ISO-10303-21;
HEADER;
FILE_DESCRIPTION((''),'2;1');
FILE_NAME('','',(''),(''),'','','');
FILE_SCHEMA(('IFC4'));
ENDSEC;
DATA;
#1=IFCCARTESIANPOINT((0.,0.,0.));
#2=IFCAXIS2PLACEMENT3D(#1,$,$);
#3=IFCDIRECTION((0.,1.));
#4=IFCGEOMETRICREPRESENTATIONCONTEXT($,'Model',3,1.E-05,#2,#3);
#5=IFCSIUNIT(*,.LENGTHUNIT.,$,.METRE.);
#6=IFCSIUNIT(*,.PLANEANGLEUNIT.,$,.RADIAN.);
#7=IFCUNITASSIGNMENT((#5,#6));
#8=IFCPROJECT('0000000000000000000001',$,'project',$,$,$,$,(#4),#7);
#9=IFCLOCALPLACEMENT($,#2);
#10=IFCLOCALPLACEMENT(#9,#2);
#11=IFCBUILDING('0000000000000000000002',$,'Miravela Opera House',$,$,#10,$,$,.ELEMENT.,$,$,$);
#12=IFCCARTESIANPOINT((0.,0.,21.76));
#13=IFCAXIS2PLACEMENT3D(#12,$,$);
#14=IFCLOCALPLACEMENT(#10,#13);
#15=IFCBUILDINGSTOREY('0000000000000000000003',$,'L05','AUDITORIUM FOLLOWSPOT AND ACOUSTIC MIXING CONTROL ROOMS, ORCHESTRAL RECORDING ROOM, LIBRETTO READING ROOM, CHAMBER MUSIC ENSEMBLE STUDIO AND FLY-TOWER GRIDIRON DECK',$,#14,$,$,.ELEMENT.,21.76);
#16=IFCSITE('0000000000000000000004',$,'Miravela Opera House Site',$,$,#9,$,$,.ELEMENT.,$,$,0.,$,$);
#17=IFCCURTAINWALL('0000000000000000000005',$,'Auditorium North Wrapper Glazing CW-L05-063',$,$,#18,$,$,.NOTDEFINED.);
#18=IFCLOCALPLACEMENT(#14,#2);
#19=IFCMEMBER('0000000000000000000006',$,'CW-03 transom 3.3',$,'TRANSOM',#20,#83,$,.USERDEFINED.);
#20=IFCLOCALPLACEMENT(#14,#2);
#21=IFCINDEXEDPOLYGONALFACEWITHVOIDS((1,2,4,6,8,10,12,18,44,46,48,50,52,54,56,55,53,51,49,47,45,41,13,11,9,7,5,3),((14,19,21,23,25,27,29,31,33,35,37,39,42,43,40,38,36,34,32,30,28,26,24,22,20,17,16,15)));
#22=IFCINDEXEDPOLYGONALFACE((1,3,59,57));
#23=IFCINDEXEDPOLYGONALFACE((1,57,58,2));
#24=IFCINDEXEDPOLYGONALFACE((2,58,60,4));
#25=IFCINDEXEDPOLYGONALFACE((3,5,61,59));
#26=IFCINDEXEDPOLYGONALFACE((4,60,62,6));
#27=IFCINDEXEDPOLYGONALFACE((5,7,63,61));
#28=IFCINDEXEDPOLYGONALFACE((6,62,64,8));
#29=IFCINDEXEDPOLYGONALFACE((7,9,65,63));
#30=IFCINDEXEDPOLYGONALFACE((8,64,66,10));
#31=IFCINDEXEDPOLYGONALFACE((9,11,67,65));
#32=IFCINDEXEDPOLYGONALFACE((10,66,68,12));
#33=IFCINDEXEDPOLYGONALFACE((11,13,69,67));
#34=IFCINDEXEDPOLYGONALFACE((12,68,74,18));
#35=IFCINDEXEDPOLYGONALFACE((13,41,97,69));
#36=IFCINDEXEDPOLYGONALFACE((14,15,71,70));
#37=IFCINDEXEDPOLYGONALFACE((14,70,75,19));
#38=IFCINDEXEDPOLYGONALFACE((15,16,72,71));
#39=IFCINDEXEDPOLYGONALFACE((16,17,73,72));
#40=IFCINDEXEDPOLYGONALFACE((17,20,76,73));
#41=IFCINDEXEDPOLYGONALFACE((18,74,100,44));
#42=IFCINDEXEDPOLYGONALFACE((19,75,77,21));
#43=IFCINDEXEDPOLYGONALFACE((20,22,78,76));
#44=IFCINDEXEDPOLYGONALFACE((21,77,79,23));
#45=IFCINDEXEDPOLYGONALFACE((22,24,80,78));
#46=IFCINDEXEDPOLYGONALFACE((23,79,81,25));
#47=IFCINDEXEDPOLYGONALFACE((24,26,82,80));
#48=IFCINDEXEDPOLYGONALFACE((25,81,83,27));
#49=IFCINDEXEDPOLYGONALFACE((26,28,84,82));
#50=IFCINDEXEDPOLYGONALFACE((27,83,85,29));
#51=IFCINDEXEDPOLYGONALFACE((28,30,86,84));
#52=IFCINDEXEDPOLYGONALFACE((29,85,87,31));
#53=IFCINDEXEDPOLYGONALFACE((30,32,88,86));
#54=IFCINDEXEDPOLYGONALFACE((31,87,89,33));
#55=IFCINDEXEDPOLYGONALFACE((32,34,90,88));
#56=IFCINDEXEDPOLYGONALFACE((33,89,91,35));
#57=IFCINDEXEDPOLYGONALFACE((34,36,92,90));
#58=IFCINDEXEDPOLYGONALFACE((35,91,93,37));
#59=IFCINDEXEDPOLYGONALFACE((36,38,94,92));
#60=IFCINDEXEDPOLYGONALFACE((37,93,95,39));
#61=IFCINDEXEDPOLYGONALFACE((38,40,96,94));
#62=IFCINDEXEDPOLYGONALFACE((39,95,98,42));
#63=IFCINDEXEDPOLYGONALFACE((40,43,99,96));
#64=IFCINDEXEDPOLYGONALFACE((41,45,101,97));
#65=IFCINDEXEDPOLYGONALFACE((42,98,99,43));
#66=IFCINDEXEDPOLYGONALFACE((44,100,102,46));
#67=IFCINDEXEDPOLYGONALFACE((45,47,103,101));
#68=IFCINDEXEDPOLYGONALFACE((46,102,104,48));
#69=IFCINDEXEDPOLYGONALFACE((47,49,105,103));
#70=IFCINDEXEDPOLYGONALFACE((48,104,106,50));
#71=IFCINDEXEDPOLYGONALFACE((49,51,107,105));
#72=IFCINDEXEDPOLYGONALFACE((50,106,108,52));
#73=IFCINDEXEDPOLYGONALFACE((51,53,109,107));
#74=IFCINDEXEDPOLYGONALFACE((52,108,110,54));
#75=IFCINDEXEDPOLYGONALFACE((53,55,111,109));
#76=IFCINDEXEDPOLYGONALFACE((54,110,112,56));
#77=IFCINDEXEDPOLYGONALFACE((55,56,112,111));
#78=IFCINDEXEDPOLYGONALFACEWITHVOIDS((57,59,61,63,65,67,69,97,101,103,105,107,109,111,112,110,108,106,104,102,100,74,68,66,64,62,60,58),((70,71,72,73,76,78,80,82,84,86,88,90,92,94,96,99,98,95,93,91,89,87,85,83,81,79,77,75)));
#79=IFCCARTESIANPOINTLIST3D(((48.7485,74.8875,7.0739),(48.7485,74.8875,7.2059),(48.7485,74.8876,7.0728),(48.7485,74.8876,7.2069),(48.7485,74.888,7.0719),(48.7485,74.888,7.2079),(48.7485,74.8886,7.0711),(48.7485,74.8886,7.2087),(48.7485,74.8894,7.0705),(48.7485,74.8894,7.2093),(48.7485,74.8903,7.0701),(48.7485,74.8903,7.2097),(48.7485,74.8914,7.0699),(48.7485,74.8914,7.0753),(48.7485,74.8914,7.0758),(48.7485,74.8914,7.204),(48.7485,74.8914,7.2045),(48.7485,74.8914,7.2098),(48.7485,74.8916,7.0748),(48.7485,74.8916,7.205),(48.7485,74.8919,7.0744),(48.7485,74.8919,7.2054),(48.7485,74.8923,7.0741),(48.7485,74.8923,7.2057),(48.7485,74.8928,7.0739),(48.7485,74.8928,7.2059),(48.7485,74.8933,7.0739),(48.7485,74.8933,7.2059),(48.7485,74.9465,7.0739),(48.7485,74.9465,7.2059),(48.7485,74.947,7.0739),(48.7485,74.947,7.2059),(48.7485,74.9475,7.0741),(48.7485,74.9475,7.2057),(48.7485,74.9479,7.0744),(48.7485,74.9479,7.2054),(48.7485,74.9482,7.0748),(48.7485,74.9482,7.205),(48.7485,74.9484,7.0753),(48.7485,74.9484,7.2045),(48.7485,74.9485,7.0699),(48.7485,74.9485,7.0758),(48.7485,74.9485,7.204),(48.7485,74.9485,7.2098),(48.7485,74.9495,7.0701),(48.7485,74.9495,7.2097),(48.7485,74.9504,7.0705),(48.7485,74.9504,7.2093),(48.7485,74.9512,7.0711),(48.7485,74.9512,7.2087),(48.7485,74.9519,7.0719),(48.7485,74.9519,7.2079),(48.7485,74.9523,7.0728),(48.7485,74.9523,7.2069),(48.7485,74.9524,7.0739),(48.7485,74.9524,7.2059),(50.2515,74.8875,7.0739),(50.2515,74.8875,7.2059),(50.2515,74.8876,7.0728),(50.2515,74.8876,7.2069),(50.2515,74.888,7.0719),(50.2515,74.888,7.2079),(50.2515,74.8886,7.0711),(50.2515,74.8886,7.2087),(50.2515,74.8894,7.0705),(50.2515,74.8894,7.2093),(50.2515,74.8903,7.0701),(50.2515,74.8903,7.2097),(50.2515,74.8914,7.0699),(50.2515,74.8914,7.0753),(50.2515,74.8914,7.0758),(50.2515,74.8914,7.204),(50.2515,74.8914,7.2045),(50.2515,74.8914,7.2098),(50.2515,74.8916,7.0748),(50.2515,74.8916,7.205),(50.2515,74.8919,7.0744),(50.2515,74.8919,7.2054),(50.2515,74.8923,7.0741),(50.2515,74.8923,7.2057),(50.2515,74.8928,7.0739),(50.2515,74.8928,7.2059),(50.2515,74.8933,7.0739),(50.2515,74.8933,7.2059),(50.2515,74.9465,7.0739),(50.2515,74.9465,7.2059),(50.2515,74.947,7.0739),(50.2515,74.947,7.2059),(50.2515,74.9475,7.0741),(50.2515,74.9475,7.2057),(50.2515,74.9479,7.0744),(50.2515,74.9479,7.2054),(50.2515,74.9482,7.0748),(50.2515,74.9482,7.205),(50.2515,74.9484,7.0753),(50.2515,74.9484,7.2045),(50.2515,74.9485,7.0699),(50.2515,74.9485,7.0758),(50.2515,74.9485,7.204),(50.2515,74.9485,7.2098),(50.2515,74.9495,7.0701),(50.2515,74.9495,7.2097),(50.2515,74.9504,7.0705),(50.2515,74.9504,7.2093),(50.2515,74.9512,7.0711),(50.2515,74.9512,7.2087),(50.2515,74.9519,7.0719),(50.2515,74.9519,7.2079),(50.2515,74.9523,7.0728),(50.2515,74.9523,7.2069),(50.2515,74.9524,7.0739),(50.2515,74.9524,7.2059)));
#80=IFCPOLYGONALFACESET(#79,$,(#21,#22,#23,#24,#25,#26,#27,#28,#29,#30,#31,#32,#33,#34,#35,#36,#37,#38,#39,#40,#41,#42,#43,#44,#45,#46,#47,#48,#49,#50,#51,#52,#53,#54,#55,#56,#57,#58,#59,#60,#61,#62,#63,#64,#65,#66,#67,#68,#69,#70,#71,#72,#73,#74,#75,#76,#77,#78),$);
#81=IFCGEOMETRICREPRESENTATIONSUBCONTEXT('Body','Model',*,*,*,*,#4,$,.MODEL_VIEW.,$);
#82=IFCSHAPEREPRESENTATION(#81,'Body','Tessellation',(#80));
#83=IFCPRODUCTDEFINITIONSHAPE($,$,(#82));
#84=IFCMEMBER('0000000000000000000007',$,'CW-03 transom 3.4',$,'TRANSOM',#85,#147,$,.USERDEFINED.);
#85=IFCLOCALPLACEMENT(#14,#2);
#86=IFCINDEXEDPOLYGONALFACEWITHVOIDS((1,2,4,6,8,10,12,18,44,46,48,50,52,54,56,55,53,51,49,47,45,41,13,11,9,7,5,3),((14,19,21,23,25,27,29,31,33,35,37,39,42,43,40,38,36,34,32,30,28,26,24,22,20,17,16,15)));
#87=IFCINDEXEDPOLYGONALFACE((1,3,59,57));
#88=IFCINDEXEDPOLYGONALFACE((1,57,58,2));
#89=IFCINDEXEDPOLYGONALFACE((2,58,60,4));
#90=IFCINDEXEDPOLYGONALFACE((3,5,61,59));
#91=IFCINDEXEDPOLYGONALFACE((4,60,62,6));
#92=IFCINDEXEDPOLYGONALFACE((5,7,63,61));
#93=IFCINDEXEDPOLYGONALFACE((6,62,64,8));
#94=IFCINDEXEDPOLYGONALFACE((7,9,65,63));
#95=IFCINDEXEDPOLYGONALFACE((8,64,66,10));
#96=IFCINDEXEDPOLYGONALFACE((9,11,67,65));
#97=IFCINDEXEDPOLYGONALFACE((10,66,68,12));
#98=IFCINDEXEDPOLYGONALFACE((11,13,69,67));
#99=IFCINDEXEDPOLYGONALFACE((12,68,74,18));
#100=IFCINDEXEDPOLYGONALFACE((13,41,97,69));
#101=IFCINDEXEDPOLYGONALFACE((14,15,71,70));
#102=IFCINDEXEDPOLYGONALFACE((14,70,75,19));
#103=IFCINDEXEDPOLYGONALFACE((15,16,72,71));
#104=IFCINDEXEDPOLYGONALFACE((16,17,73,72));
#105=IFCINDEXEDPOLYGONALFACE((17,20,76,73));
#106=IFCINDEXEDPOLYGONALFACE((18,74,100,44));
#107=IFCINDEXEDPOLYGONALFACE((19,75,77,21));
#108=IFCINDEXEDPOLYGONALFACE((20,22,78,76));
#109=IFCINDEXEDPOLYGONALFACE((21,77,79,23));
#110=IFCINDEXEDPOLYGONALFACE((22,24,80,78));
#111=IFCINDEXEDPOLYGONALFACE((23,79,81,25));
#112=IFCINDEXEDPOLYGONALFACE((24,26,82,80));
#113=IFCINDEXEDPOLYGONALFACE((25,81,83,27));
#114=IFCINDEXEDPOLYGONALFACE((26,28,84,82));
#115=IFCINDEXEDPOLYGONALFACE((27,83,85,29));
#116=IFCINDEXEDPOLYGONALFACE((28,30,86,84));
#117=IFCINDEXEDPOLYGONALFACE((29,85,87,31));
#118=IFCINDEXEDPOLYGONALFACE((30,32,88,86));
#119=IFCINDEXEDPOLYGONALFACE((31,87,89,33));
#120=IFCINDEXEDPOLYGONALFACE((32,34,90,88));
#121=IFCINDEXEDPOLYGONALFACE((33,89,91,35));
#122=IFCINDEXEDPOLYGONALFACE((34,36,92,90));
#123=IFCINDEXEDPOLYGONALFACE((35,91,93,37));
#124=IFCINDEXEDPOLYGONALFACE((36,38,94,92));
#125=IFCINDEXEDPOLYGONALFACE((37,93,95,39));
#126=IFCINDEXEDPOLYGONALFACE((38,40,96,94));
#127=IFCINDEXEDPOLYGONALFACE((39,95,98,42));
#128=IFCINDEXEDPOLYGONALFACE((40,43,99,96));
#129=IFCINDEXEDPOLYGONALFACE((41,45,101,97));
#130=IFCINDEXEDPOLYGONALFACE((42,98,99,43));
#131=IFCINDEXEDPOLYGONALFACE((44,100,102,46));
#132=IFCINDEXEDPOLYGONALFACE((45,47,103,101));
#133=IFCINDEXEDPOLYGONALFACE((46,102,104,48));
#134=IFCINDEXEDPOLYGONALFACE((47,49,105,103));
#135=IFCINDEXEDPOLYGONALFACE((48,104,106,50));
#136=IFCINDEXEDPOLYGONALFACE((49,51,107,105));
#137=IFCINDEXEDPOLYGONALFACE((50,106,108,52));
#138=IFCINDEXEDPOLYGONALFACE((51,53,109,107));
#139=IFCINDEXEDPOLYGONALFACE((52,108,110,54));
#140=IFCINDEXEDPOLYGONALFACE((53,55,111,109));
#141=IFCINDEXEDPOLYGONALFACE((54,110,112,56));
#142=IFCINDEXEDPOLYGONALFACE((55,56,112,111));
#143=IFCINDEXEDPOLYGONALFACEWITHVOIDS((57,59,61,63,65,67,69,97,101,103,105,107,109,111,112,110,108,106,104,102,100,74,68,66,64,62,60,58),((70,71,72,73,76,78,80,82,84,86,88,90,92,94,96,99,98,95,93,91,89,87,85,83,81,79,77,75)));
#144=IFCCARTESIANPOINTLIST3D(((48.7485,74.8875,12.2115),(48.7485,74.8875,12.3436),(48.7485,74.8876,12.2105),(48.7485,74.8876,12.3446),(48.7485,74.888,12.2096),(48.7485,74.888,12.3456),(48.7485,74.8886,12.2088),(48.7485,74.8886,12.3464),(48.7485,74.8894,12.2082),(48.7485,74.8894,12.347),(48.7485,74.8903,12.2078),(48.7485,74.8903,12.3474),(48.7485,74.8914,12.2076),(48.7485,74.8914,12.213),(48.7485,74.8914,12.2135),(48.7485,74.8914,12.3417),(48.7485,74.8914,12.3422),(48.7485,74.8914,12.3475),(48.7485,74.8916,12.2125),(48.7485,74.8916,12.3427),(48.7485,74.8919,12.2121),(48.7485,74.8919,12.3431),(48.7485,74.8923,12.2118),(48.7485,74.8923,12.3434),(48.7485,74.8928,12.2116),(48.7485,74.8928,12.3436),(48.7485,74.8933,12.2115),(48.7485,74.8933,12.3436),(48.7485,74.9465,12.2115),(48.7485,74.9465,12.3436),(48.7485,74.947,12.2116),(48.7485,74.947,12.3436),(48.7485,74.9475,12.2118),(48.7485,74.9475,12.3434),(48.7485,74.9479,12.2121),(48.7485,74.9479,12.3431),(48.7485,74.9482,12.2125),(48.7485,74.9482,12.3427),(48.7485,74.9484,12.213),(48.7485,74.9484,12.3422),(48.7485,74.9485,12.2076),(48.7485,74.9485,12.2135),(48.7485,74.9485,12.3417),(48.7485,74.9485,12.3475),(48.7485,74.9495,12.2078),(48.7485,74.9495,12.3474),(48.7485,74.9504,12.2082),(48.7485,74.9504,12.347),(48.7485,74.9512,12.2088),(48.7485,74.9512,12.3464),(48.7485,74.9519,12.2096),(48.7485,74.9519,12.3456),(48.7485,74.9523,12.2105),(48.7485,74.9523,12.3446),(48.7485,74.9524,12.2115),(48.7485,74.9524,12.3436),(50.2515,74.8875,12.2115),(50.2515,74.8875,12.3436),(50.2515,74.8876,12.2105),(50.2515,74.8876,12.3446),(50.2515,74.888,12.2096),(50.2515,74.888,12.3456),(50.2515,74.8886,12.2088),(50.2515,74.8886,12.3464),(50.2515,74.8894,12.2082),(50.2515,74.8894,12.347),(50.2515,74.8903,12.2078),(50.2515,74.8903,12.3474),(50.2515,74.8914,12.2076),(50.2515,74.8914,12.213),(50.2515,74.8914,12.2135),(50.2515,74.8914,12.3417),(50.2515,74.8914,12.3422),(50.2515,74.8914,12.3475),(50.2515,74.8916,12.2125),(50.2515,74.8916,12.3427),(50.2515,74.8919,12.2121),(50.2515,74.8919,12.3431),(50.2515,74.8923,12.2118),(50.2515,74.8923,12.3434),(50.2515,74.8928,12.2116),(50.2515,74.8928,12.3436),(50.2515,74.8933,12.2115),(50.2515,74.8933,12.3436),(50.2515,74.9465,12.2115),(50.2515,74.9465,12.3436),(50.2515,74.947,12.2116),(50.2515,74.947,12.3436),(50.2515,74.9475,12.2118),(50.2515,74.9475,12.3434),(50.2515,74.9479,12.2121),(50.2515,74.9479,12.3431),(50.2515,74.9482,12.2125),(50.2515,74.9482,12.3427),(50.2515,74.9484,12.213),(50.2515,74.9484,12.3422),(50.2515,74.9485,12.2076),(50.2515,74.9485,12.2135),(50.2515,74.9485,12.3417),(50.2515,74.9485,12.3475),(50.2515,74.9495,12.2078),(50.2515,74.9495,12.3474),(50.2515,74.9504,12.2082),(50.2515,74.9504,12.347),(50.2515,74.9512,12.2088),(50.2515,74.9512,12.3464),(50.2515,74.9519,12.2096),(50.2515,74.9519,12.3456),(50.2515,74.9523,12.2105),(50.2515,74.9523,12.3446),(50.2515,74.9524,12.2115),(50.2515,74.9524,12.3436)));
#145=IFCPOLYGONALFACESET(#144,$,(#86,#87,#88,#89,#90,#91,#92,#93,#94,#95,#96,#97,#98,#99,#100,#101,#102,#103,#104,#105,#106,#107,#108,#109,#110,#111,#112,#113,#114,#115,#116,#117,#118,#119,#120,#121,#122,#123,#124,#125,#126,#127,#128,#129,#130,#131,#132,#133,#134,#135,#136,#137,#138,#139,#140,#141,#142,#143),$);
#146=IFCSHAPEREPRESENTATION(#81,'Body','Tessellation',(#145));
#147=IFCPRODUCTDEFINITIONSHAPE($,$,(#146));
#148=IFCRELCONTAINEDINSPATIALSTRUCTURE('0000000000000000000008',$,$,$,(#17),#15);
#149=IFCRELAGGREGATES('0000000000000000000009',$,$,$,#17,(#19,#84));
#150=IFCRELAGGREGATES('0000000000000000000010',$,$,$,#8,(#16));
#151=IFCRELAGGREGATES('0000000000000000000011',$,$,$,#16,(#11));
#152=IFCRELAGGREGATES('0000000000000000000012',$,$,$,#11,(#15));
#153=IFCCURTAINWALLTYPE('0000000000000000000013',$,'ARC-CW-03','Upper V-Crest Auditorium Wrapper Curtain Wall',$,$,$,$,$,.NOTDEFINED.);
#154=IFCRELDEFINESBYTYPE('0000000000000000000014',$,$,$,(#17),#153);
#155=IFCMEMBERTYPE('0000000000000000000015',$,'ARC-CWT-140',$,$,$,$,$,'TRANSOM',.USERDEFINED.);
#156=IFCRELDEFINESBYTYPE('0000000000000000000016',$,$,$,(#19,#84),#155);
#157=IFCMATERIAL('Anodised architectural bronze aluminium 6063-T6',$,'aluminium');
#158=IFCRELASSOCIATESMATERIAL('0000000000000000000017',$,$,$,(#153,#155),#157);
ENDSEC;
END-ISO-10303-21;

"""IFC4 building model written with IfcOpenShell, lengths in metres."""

from ifc_helpers import new_model, si_unit, direction, frame, origin, origin_2d, place, context, subcontext, project, spatial, hollow_rectangle, extrude, material, material_profile, profile_set, type_object, element, aggregate, save


model = new_model("IFC4")

# Units and contexts
model_context = context("Model", 3, precision=1e-05, world=origin(), true_north=direction((0.0, 1.0)))
body_context = subcontext(model_context, "Body", "Model", "MODEL_VIEW")
ifc_project = project(units=[si_unit("LENGTHUNIT", "METRE"), si_unit("PLANEANGLEUNIT", "RADIAN")], contexts=[model_context])

# Site, building, storey
site_placement = place(None, origin())
site = spatial("IfcSite", under=ifc_project, at=site_placement, Name="Miravela Opera House Site", CompositionType="ELEMENT", RefElevation=0.0)
building_placement = place(site_placement, origin())
building = spatial("IfcBuilding", under=site, at=building_placement, Name="Miravela Opera House", CompositionType="ELEMENT")
storey_placement = place(building_placement, frame((0.0, 0.0, 21.76)))
storey = spatial("IfcBuildingStorey", under=building, at=storey_placement, Name="L05", Description="AUDITORIUM FOLLOWSPOT AND ACOUSTIC MIXING CONTROL ROOMS, ORCHESTRAL RECORDING ROOM, LIBRETTO READING ROOM, CHAMBER MUSIC ENSEMBLE STUDIO AND FLY-TOWER GRIDIRON DECK", CompositionType="ELEMENT", Elevation=21.76)

# Curtain wall, members
ifc_material_1 = material(Name="Anodised architectural bronze aluminium 6063-T6", Category="aluminium")
curtain_wall_type = type_object("IfcCurtainWallType", Name="ARC-CW-03", Description="Upper V-Crest Auditorium Wrapper Curtain Wall", PredefinedType="NOTDEFINED", material=ifc_material_1)
curtain_wall_1_placement = place(storey_placement, origin())
curtain_wall_1 = element("IfcCurtainWall", 1, at=curtain_wall_1_placement, inside=storey, type_object=curtain_wall_type, Name="Auditorium North Wrapper Glazing CW-L05-063", PredefinedType="NOTDEFINED")
ifc_material_profile = material_profile(ifc_material_1, hollow_rectangle(XDim=0.0649, YDim=0.1399, WallThickness=0.0039, InnerFilletRadius=0.002, OuterFilletRadius=0.0039, at=origin_2d()), Name="CWT-65X140")
ifc_profile_set = profile_set([ifc_material_profile])
member_type = type_object("IfcMemberType", Name="ARC-CWT-140", ElementType="TRANSOM", PredefinedType="USERDEFINED", material=ifc_profile_set)
member_1_placement = place(storey_placement, frame((48.7485, 74.9199, 7.1399), z_axis=(1.0, 0.0, 0.0), x_axis=(0.0, 1.0, 0.0)))
member_1 = element("IfcMember", 2, at=member_1_placement, type_object=member_type, Name="CW-03 transom 3.3", ObjectType="TRANSOM", PredefinedType="USERDEFINED", context=body_context, shape_type="SweptSolid", body=[
    extrude(hollow_rectangle(XDim=0.0649, YDim=0.1399, WallThickness=0.0039, InnerFilletRadius=0.002, OuterFilletRadius=0.0039, at=origin_2d()), origin(), (0.0, 0.0, 1.0), 1.5029),
])
member_2_placement = place(storey_placement, frame((48.7485, 74.9199, 12.2776), z_axis=(1.0, 0.0, 0.0), x_axis=(0.0, 1.0, 0.0)))
member_2 = element("IfcMember", 3, at=member_2_placement, type_object=member_type, Name="CW-03 transom 3.4", ObjectType="TRANSOM", PredefinedType="USERDEFINED", context=body_context, shape_type="SweptSolid", body=[
    extrude(hollow_rectangle(XDim=0.0649, YDim=0.1399, WallThickness=0.0039, InnerFilletRadius=0.002, OuterFilletRadius=0.0039, at=origin_2d()), origin(), (0.0, 0.0, 1.0), 1.5029),
])

aggregate(curtain_wall_1, [member_1, member_2])

save(model, "model.ifc")
